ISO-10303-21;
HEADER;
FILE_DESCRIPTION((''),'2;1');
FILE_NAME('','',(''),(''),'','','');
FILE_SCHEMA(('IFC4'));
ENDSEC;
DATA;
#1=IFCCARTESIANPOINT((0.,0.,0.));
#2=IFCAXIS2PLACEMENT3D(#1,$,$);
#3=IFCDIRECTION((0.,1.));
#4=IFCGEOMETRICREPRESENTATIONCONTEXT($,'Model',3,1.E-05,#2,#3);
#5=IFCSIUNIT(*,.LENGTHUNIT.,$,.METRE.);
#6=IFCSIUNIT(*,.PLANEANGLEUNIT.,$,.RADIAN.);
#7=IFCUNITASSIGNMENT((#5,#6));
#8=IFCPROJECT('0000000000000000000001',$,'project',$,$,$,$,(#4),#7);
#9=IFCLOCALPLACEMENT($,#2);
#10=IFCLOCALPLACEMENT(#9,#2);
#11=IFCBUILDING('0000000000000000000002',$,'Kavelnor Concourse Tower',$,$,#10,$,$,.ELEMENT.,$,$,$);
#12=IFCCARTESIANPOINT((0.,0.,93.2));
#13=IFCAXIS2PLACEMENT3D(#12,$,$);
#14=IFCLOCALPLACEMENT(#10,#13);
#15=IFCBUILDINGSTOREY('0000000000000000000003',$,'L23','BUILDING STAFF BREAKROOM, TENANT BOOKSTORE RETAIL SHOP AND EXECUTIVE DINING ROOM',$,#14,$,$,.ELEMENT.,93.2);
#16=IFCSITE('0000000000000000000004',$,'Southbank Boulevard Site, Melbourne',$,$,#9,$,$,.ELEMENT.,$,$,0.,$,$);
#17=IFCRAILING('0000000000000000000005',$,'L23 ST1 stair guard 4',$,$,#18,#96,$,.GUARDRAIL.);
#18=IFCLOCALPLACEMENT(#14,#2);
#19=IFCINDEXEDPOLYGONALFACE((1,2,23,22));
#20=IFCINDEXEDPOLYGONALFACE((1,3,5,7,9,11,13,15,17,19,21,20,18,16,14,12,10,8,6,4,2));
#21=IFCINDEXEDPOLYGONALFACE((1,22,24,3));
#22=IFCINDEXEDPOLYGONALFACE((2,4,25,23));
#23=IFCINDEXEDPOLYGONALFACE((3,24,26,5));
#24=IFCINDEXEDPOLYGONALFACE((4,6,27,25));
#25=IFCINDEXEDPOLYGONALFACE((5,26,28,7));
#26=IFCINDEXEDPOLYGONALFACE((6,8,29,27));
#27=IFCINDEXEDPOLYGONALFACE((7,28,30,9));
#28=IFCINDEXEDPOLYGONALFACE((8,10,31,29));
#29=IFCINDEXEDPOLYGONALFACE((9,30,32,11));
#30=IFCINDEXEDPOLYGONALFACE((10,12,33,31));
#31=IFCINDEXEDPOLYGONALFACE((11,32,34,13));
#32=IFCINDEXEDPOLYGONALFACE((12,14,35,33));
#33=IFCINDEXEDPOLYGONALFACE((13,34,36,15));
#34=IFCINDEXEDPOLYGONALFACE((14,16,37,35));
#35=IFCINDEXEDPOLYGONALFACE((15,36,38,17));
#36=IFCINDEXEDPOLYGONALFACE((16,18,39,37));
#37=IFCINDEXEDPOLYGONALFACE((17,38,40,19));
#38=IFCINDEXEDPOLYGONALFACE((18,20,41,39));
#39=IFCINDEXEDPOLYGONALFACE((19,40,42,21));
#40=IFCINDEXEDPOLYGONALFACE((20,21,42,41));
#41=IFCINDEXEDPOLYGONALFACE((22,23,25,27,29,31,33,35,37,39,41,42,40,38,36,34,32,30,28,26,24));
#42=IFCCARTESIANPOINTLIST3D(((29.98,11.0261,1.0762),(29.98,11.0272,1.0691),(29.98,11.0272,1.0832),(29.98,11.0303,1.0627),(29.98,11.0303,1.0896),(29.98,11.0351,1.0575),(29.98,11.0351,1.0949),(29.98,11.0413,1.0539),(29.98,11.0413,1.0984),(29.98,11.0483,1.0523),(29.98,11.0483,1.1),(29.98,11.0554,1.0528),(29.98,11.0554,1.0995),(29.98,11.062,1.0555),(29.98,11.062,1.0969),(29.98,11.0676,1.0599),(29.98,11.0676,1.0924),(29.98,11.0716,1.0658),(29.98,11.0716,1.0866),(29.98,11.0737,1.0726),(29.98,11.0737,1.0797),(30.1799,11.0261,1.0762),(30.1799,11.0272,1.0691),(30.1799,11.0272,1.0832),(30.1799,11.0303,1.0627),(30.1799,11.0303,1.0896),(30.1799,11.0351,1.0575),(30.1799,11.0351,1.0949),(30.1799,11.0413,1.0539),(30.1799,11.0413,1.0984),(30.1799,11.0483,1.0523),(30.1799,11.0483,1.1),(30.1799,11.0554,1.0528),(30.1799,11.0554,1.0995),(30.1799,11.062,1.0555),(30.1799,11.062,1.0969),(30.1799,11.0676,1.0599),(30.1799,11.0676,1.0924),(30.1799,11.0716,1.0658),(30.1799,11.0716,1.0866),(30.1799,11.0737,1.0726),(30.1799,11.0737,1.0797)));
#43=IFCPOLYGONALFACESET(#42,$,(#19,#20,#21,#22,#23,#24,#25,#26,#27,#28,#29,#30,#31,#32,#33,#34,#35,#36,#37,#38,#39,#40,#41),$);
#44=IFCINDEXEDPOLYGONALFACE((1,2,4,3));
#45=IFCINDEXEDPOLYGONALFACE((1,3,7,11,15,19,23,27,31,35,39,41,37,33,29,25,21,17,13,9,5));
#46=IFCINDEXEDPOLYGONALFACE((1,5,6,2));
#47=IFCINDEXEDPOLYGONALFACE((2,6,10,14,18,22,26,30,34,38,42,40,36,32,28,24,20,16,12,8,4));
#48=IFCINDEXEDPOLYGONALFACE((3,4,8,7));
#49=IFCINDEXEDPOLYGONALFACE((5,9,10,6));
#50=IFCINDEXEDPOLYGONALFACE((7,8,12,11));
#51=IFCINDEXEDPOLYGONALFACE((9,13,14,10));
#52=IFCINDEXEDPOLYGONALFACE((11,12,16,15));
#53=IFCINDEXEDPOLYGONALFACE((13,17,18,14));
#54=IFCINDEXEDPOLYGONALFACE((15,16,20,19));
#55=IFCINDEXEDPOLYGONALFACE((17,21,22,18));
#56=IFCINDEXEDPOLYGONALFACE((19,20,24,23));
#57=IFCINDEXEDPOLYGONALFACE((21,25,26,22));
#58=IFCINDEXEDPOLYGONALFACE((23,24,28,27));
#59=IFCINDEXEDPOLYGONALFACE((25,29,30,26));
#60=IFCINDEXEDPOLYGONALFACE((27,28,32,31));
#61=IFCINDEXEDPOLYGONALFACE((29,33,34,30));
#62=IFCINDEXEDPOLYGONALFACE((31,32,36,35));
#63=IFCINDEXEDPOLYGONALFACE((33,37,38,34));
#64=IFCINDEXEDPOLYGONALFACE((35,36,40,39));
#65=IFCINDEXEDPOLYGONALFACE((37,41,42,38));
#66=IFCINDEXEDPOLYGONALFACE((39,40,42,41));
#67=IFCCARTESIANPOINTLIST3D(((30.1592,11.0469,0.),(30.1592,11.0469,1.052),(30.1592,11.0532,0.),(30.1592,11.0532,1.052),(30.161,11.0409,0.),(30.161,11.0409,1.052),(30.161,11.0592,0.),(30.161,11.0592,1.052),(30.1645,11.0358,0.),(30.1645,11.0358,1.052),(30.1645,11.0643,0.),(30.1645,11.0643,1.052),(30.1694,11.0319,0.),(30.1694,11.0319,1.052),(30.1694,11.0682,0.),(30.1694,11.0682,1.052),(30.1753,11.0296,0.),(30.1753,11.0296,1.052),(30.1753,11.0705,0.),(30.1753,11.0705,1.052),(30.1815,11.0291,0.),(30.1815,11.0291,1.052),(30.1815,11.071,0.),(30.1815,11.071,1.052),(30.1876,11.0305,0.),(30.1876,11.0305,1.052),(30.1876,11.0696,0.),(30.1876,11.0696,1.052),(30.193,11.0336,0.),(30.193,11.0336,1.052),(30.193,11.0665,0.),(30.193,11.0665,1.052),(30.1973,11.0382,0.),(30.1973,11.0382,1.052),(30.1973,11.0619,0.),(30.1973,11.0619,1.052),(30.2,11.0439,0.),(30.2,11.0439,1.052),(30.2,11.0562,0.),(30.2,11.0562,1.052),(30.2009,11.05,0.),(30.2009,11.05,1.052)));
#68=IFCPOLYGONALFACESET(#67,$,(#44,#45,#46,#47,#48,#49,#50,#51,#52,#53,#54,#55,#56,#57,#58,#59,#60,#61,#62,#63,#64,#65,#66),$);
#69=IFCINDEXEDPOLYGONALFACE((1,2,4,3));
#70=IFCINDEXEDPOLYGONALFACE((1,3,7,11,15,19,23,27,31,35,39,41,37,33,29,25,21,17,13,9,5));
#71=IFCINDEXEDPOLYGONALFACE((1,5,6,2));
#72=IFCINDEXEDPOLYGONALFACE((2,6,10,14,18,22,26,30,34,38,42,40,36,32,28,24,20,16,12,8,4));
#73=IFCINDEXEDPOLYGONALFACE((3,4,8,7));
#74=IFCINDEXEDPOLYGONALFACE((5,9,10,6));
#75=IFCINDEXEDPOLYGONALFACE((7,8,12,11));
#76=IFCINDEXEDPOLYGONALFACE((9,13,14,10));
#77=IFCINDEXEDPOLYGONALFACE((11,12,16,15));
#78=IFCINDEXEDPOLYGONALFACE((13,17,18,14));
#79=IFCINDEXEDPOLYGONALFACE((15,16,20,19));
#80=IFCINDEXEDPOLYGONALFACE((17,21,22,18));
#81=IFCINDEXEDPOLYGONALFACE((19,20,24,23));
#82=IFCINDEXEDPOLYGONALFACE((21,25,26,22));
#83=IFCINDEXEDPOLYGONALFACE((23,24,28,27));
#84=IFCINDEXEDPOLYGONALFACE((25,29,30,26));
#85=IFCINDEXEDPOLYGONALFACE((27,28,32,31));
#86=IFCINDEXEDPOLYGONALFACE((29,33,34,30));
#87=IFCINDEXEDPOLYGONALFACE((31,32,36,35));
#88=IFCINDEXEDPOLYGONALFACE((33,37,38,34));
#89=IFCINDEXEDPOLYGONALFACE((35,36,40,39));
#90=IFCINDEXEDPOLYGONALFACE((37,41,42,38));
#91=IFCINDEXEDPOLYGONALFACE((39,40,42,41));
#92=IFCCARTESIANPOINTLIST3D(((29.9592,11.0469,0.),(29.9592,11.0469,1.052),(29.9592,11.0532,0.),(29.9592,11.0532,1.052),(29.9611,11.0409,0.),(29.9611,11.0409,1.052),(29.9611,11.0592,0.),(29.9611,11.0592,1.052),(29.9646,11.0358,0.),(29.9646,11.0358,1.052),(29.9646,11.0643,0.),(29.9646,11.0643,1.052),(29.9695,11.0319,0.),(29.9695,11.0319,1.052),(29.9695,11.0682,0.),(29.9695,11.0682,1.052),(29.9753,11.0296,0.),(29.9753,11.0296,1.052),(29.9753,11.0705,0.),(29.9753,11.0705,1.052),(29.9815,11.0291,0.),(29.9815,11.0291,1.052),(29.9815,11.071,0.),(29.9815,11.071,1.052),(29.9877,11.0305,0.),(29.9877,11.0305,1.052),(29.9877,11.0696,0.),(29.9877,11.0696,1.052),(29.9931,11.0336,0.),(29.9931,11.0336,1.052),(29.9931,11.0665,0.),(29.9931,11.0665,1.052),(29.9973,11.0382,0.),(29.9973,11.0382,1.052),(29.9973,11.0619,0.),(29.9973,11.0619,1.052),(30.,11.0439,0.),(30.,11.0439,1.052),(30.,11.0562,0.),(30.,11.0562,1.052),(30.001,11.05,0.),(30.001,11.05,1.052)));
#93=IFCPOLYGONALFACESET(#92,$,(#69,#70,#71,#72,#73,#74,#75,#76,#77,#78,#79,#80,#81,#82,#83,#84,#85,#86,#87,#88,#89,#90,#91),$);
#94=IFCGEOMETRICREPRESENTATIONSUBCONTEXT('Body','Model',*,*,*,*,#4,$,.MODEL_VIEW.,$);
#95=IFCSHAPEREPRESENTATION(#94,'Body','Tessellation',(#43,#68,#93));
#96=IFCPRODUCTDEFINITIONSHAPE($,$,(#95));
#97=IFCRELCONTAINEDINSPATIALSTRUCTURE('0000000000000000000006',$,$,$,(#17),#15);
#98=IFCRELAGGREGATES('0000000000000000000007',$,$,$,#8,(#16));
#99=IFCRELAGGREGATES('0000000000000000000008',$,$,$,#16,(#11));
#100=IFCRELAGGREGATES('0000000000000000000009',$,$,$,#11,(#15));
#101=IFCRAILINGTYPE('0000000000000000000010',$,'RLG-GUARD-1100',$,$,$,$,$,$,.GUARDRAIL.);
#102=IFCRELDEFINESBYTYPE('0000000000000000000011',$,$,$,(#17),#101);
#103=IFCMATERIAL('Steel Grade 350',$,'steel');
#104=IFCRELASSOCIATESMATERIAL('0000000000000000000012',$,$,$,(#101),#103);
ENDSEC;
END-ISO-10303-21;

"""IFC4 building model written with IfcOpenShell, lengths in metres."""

from ifc_helpers import new_model, si_unit, direction, frame, origin, origin_2d, place, context, subcontext, project, spatial, circle, extrude, material, type_object, element, save


model = new_model("IFC4")

# Units and contexts
model_context = context("Model", 3, precision=1e-05, world=origin(), true_north=direction((0.0, 1.0)))
body_context = subcontext(model_context, "Body", "Model", "MODEL_VIEW")
ifc_project = project(units=[si_unit("LENGTHUNIT", "METRE"), si_unit("PLANEANGLEUNIT", "RADIAN")], contexts=[model_context])

# Site, building, storey
site_placement = place(None, origin())
site = spatial("IfcSite", under=ifc_project, at=site_placement, Name="Southbank Boulevard Site, Melbourne", CompositionType="ELEMENT", RefElevation=0.0)
building_placement = place(site_placement, origin())
building = spatial("IfcBuilding", under=site, at=building_placement, Name="Kavelnor Concourse Tower", CompositionType="ELEMENT")
storey_placement = place(building_placement, frame((0.0, 0.0, 93.2)))
storey = spatial("IfcBuildingStorey", under=building, at=storey_placement, Name="L23", Description="BUILDING STAFF BREAKROOM, TENANT BOOKSTORE RETAIL SHOP AND EXECUTIVE DINING ROOM", CompositionType="ELEMENT", Elevation=93.2)

# Shared definitions
ifc_material_1 = material(Name="Steel Grade 350", Category="steel")

# Railing
railing_type_1 = type_object("IfcRailingType", Name="RLG-GUARD-1100", PredefinedType="GUARDRAIL", material=ifc_material_1)
railing_1_placement = place(storey_placement, frame((30.1799, 11.05, 0.0)))
element("IfcRailing", 1, at=railing_1_placement, inside=storey, type_object=railing_type_1, Name="L23 ST1 stair guard 4", PredefinedType="GUARDRAIL", context=body_context, shape_type="SweptSolid", body=[
    extrude(circle(Radius=0.0239, at=origin_2d()), frame((0.0, 0.0, 1.0762), z_axis=(-1.0, 0.0, 0.0), x_axis=(0.0, -1.0, 0.0)), (0.0, 0.0, 1.0), 0.2),
    extrude(circle(Radius=0.021, at=origin_2d()), origin(), (0.0, 0.0, 1.0), 1.052),
    extrude(circle(Radius=0.021, at=origin_2d()), frame((-0.2, 0.0, 0.0)), (0.0, 0.0, 1.0), 1.052),
])

save(model, "model.ifc")
